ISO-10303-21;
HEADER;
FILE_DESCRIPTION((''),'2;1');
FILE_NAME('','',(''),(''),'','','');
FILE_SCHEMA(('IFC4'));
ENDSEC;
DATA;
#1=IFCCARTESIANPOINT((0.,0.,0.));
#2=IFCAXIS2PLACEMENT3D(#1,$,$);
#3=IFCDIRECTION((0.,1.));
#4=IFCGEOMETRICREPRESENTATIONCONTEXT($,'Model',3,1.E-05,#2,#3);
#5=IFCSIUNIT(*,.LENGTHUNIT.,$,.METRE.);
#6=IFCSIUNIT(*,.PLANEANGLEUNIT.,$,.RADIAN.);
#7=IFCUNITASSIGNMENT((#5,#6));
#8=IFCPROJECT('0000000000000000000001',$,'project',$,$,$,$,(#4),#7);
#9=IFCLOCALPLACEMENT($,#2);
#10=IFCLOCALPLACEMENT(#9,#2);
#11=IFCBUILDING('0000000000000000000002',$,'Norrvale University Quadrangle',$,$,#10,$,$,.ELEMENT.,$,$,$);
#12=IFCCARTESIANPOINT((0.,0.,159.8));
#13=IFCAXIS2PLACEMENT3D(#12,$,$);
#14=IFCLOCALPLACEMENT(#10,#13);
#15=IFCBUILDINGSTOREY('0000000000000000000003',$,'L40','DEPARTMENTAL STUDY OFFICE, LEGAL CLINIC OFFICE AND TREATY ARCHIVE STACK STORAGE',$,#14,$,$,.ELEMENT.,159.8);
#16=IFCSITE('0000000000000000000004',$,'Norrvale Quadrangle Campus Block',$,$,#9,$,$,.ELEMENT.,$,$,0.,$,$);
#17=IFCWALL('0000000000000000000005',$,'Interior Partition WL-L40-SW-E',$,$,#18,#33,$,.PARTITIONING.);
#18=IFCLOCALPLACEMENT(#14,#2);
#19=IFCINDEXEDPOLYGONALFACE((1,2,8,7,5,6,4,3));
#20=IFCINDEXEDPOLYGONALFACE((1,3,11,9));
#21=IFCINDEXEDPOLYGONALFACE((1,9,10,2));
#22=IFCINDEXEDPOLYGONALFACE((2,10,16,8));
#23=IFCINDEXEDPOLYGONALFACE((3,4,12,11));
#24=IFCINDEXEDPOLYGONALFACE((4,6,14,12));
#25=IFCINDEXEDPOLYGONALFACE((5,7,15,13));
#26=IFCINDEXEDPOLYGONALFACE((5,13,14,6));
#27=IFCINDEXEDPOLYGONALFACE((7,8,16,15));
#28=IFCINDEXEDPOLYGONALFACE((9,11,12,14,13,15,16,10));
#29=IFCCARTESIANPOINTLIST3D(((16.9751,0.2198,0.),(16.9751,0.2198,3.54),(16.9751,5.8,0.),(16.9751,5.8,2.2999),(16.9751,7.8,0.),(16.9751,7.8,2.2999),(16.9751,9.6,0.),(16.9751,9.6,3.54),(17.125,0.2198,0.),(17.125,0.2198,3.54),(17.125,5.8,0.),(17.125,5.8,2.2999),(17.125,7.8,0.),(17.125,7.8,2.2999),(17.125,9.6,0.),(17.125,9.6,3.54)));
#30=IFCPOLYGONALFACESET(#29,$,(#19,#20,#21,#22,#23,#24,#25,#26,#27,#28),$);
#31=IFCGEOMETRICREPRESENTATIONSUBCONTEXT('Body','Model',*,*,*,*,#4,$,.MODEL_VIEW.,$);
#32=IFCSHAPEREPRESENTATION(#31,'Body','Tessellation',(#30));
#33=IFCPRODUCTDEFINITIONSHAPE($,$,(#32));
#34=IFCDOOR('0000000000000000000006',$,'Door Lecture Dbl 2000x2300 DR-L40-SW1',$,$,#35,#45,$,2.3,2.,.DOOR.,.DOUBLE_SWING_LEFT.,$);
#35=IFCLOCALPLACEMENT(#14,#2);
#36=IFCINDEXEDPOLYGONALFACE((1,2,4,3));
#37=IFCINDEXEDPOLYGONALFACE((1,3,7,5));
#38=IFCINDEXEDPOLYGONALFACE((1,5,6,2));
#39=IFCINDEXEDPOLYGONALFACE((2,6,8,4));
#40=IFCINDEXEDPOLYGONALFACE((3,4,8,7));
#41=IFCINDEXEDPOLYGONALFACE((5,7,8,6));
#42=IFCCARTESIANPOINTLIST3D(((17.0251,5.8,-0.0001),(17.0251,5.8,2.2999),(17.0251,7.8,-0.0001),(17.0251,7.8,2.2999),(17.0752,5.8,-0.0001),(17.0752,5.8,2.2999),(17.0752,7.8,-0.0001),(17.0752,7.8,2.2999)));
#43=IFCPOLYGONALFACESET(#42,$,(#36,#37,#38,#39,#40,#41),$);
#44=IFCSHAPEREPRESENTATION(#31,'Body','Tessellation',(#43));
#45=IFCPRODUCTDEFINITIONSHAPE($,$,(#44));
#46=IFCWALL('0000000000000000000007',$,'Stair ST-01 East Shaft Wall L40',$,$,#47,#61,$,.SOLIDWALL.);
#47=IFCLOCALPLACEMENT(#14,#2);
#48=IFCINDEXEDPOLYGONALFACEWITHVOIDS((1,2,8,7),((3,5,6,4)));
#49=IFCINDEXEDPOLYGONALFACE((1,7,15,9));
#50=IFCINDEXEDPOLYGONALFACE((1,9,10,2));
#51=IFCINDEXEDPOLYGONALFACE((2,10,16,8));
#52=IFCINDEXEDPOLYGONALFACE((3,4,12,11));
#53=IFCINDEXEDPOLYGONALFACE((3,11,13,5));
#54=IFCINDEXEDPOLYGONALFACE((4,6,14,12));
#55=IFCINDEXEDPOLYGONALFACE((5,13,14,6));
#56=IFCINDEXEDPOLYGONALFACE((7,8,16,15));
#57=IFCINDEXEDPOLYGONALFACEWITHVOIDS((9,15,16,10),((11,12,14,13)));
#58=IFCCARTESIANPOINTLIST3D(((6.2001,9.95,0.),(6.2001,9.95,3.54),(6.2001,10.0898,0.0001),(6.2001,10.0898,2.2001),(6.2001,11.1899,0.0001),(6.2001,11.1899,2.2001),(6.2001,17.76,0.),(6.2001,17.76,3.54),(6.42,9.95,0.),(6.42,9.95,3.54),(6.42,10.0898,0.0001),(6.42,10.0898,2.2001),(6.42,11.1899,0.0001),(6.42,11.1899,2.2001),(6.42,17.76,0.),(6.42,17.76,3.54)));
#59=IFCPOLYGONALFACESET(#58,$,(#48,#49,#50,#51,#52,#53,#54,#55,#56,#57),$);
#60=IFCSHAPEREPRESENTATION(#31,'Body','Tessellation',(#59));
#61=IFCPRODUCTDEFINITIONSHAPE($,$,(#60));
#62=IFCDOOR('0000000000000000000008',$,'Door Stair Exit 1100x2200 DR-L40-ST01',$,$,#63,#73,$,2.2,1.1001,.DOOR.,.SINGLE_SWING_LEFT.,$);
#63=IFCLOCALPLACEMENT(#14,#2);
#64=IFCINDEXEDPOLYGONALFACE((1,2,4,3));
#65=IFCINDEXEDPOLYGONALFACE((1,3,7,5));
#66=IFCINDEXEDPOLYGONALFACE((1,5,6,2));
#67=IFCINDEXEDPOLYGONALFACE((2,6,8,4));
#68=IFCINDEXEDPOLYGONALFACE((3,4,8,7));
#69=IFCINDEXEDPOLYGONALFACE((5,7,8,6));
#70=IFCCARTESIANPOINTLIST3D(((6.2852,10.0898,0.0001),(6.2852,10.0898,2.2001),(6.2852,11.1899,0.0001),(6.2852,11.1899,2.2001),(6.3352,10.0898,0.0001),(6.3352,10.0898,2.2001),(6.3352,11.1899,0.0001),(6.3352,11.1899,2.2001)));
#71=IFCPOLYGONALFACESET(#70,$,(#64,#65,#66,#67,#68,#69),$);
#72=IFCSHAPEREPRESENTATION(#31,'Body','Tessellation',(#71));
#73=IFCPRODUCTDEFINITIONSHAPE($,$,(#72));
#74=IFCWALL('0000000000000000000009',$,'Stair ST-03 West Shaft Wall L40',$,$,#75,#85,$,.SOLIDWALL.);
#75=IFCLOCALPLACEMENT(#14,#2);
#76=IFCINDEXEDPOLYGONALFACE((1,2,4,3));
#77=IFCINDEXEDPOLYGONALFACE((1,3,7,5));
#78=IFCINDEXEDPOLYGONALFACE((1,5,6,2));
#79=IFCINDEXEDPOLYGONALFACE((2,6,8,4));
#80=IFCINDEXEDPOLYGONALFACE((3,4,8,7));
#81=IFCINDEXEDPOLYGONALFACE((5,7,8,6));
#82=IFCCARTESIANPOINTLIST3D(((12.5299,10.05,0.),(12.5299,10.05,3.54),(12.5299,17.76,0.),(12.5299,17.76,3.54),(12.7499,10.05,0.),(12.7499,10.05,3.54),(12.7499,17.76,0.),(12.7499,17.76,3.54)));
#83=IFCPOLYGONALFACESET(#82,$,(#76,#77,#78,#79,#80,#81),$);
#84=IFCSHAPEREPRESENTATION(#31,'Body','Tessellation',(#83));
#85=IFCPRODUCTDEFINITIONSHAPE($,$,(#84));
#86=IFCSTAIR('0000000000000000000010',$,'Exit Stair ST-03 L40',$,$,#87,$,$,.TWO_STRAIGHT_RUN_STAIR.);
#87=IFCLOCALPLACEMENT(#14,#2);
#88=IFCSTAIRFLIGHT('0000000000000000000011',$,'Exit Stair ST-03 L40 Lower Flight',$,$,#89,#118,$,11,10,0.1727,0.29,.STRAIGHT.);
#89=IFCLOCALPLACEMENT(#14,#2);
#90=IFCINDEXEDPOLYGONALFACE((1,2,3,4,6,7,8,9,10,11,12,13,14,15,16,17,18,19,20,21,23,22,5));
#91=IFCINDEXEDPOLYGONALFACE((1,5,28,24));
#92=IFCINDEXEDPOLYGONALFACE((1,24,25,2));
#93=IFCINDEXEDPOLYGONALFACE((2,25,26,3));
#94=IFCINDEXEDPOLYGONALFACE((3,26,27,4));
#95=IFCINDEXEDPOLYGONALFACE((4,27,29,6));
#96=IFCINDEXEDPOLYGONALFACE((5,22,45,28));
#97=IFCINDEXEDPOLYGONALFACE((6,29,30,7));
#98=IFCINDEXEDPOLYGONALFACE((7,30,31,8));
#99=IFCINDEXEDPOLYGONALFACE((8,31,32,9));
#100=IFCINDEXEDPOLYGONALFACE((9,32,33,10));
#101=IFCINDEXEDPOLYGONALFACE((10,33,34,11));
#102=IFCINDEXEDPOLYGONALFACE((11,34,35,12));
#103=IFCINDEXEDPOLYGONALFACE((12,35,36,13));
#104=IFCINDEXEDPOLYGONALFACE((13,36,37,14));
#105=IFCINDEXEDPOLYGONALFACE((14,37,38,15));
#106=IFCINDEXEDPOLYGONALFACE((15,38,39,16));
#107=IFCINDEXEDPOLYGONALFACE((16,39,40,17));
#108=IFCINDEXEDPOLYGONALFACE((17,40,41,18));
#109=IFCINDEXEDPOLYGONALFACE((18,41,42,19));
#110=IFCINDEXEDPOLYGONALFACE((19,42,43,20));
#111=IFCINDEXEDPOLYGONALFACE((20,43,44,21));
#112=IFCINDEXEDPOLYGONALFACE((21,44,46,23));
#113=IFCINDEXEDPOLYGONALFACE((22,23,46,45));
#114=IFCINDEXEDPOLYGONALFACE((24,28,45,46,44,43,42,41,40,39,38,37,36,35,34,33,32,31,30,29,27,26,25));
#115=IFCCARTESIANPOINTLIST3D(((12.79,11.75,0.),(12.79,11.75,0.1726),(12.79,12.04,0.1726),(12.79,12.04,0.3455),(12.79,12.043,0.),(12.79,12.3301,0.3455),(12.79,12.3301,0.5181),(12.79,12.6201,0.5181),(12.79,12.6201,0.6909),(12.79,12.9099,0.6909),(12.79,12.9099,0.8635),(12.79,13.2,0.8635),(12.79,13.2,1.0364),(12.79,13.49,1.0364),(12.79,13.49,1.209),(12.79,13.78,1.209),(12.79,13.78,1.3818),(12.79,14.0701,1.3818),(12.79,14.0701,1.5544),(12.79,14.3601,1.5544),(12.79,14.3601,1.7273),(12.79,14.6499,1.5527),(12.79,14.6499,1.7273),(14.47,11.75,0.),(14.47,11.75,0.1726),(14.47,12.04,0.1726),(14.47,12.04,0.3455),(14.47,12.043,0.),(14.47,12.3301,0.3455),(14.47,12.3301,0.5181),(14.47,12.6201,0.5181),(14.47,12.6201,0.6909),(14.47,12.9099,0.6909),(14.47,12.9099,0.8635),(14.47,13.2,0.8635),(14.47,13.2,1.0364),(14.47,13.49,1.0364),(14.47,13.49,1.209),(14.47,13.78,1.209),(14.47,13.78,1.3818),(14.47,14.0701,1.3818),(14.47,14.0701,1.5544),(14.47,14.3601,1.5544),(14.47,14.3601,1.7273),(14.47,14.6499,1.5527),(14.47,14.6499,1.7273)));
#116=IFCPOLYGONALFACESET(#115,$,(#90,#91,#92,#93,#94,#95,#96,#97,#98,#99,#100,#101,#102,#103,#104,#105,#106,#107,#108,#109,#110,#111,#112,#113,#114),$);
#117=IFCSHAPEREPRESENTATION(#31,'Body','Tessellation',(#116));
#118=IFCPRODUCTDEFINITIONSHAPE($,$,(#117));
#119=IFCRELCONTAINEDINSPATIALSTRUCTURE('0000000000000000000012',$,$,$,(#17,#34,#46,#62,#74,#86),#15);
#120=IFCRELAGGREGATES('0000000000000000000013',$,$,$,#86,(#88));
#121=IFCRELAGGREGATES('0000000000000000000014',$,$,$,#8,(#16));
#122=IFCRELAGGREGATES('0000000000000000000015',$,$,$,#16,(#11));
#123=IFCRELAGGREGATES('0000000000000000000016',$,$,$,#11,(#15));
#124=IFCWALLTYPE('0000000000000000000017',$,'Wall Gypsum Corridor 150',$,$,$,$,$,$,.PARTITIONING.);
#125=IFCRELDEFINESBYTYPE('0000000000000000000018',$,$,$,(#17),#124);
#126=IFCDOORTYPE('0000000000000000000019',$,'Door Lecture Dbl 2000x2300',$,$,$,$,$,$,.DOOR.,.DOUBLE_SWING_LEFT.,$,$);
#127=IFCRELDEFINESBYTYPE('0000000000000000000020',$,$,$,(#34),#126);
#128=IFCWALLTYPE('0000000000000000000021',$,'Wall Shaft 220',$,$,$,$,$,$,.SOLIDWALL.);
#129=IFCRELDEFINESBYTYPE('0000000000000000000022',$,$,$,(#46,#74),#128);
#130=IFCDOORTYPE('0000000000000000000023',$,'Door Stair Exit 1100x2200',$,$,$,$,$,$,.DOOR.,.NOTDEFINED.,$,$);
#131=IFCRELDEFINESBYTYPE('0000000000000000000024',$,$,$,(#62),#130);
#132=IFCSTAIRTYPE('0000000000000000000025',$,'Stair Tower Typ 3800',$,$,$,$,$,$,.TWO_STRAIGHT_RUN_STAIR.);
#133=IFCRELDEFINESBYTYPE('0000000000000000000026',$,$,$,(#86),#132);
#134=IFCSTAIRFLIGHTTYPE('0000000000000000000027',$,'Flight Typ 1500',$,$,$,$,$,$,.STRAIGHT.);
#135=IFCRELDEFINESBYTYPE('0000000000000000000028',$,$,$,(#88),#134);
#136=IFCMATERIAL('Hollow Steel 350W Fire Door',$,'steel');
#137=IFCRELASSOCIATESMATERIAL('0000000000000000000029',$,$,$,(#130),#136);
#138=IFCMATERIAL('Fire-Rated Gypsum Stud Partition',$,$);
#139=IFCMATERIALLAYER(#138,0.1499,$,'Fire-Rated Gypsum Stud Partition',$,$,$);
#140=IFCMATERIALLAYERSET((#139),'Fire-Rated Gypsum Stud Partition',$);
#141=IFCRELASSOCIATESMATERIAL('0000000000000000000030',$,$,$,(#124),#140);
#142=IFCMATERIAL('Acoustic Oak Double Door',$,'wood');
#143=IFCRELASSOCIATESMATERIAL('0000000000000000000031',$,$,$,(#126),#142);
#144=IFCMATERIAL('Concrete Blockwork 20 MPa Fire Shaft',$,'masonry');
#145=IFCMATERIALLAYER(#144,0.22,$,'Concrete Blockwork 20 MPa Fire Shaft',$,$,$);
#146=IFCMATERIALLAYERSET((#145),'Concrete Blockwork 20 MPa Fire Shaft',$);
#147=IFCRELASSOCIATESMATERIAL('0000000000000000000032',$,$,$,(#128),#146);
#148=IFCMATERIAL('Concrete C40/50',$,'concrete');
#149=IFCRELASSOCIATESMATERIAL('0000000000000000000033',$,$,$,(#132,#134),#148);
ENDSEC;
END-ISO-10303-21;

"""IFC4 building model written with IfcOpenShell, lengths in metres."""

from ifc_helpers import new_model, si_unit, direction, frame, frame_2d, origin, place, context, subcontext, project, spatial, polyline, rectangle, outline, extrude, material, layer, layer_set, type_object, element, fill, aggregate, save


model = new_model("IFC4")

# Units and contexts
model_context = context("Model", 3, precision=1e-05, world=origin(), true_north=direction((0.0, 1.0)))
body_context = subcontext(model_context, "Body", "Model", "MODEL_VIEW")
ifc_project = project(units=[si_unit("LENGTHUNIT", "METRE"), si_unit("PLANEANGLEUNIT", "RADIAN")], contexts=[model_context])

# Site, building, storey
site_placement = place(None, origin())
site = spatial("IfcSite", under=ifc_project, at=site_placement, Name="Norrvale Quadrangle Campus Block", CompositionType="ELEMENT", RefElevation=0.0)
building_placement = place(site_placement, origin())
building = spatial("IfcBuilding", under=site, at=building_placement, Name="Norrvale University Quadrangle", CompositionType="ELEMENT")
storey_placement = place(building_placement, frame((0.0, 0.0, 159.8)))
storey = spatial("IfcBuildingStorey", under=building, at=storey_placement, Name="L40", Description="DEPARTMENTAL STUDY OFFICE, LEGAL CLINIC OFFICE AND TREATY ARCHIVE STACK STORAGE", CompositionType="ELEMENT", Elevation=159.8)

# Shared definitions
ifc_material_1 = material(Name="Hollow Steel 350W Fire Door", Category="steel")
door_type_1 = type_object("IfcDoorType", Name="Door Stair Exit 1100x2200", OperationType="NOTDEFINED", PredefinedType="DOOR", material=ifc_material_1)

# Shared definitions
ifc_material_2 = material(Name="Fire-Rated Gypsum Stud Partition")
ifc_layer_1 = layer(ifc_material_2, 0.1499, Name="Fire-Rated Gypsum Stud Partition")
ifc_layer_set_1 = layer_set([ifc_layer_1], Name="Fire-Rated Gypsum Stud Partition")
wall_type_1 = type_object("IfcWallType", Name="Wall Gypsum Corridor 150", PredefinedType="PARTITIONING", material=ifc_layer_set_1)

# Walls, openings, doors
wall_1_placement = place(storey_placement, frame((17.05, 0.22, 0.0), z_axis=(0.0, 0.0, 1.0), x_axis=(0.0, 1.0, 0.0)))
wall_1 = element("IfcWall", 1, at=wall_1_placement, inside=storey, type_object=wall_type_1, Name="Interior Partition WL-L40-SW-E", PredefinedType="PARTITIONING", context=body_context, shape_type="SweptSolid", body=[
    extrude(rectangle(XDim=9.3801, YDim=0.1499, at=frame_2d((4.6899, 0.0))), origin(), (0.0, 0.0, 1.0), 3.54),
])
opening_1_placement = place(wall_1_placement, frame((5.5801, 0.0, 0.0)))
opening_1 = element("IfcOpeningElement", 2, at=opening_1_placement, cuts=wall_1, PredefinedType="OPENING", context=body_context, shape_type="SweptSolid", body=[
    extrude(rectangle(XDim=2.0, YDim=2.3, at=frame_2d((1.0, 1.1499))), frame((0.0, 0.0869, 0.0), z_axis=(0.0, -1.0, 0.0), x_axis=(1.0, 0.0, 0.0)), (0.0, 0.0, 1.0), 0.1738),
])
ifc_material_3 = material(Name="Acoustic Oak Double Door", Category="wood")
door_type_2 = type_object("IfcDoorType", Name="Door Lecture Dbl 2000x2300", OperationType="DOUBLE_SWING_LEFT", PredefinedType="DOOR", material=ifc_material_3)
door_1_placement = place(opening_1_placement, origin())
door_1 = element("IfcDoor", 3, at=door_1_placement, inside=storey, type_object=door_type_2, Name="Door Lecture Dbl 2000x2300 DR-L40-SW1", OperationType="DOUBLE_SWING_LEFT", OverallHeight=2.3, OverallWidth=2.0, PredefinedType="DOOR", context=body_context, shape_type="SweptSolid", body=[
    extrude(rectangle(XDim=2.0, YDim=2.3, at=frame_2d((1.0, 1.1499))), frame((0.0, 0.0249, 0.0), z_axis=(0.0, -1.0, 0.0), x_axis=(1.0, 0.0, 0.0)), (0.0, 0.0, 1.0), 0.05),
])
fill(opening_1, door_1)
ifc_material_4 = material(Name="Concrete Blockwork 20 MPa Fire Shaft", Category="masonry")
ifc_layer_2 = layer(ifc_material_4, 0.22, Name="Concrete Blockwork 20 MPa Fire Shaft")
ifc_layer_set_2 = layer_set([ifc_layer_2], Name="Concrete Blockwork 20 MPa Fire Shaft")
wall_type_2 = type_object("IfcWallType", Name="Wall Shaft 220", PredefinedType="SOLIDWALL", material=ifc_layer_set_2)
wall_2_placement = place(storey_placement, frame((6.3101, 9.95, 0.0), z_axis=(0.0, 0.0, 1.0), x_axis=(0.0, 1.0, 0.0)))
wall_2 = element("IfcWall", 4, at=wall_2_placement, inside=storey, type_object=wall_type_2, Name="Stair ST-01 East Shaft Wall L40", PredefinedType="SOLIDWALL", context=body_context, shape_type="SweptSolid", body=[
    extrude(rectangle(XDim=7.8101, YDim=0.22, at=frame_2d((3.905, 0.0))), origin(), (0.0, 0.0, 1.0), 3.54),
])
opening_2_placement = place(wall_2_placement, frame((0.1399, 0.0, 0.0)))
opening_2 = element("IfcOpeningElement", 5, at=opening_2_placement, cuts=wall_2, PredefinedType="OPENING", context=body_context, shape_type="SweptSolid", body=[
    extrude(rectangle(XDim=1.1001, YDim=2.2, at=frame_2d((0.55, 1.1001))), frame((0.0, 0.1221, 0.0), z_axis=(0.0, -1.0, 0.0), x_axis=(1.0, 0.0, 0.0)), (0.0, 0.0, 1.0), 0.2439),
])
door_2_placement = place(opening_2_placement, origin())
door_2 = element("IfcDoor", 6, at=door_2_placement, inside=storey, type_object=door_type_1, Name="Door Stair Exit 1100x2200 DR-L40-ST01", OperationType="SINGLE_SWING_LEFT", OverallHeight=2.2, OverallWidth=1.1001, PredefinedType="DOOR", context=body_context, shape_type="SweptSolid", body=[
    extrude(rectangle(XDim=1.1001, YDim=2.2, at=frame_2d((0.55, 1.1001))), frame((0.0, 0.0249, 0.0), z_axis=(0.0, -1.0, 0.0), x_axis=(1.0, 0.0, 0.0)), (0.0, 0.0, 1.0), 0.05),
])
fill(opening_2, door_2)

# Wall
wall_3_placement = place(storey_placement, frame((12.6399, 10.05, 0.0), z_axis=(0.0, 0.0, 1.0), x_axis=(0.0, 1.0, 0.0)))
element("IfcWall", 7, at=wall_3_placement, inside=storey, type_object=wall_type_2, Name="Stair ST-03 West Shaft Wall L40", PredefinedType="SOLIDWALL", context=body_context, shape_type="SweptSolid", body=[
    extrude(rectangle(XDim=7.71, YDim=0.22, at=frame_2d((3.855, 0.0))), origin(), (0.0, 0.0, 1.0), 3.54),
])

# Stair, stair flight
ifc_material_5 = material(Name="Concrete C40/50", Category="concrete")
stair_type = type_object("IfcStairType", Name="Stair Tower Typ 3800", PredefinedType="TWO_STRAIGHT_RUN_STAIR", material=ifc_material_5)
stair_placement = place(storey_placement, origin())
stair = element("IfcStair", 8, at=stair_placement, inside=storey, type_object=stair_type, Name="Exit Stair ST-03 L40", PredefinedType="TWO_STRAIGHT_RUN_STAIR")
stair_flight_type = type_object("IfcStairFlightType", Name="Flight Typ 1500", PredefinedType="STRAIGHT", material=ifc_material_5)
stair_flight_placement = place(storey_placement, frame((13.6299, 11.75, 0.0), z_axis=(0.0, 0.0, 1.0), x_axis=(0.0, 1.0, 0.0)))
stair_flight = element("IfcStairFlight", 9, at=stair_flight_placement, type_object=stair_flight_type, Name="Exit Stair ST-03 L40 Lower Flight", NumberOfRisers=11, NumberOfTreads=10, PredefinedType="STRAIGHT", RiserHeight=0.1727, TreadLength=0.29, context=body_context, shape_type="SweptSolid", body=[
    extrude(outline(polyline([(0.0, 0.0), (0.0, 0.1726), (0.29, 0.1726), (0.29, 0.3455), (0.5801, 0.3455), (0.5801, 0.5181), (0.8701, 0.5181), (0.8701, 0.6909), (1.1599, 0.6909), (1.1599, 0.8635), (1.45, 0.8635), (1.45, 1.0364), (1.74, 1.0364), (1.74, 1.209), (2.03, 1.209), (2.03, 1.3818), (2.3201, 1.3818), (2.3201, 1.5544), (2.6101, 1.5544), (2.6101, 1.7273), (2.8999, 1.7273), (2.8999, 1.8999), (2.8999, 1.5527), (0.293, 0.0), (0.0, 0.0)])), frame((0.0, 0.8398, 0.0), z_axis=(0.0, -1.0, 0.0), x_axis=(1.0, 0.0, 0.0)), (0.0, 0.0, 1.0), 1.6799),
])
aggregate(stair, [stair_flight])

save(model, "model.ifc")
